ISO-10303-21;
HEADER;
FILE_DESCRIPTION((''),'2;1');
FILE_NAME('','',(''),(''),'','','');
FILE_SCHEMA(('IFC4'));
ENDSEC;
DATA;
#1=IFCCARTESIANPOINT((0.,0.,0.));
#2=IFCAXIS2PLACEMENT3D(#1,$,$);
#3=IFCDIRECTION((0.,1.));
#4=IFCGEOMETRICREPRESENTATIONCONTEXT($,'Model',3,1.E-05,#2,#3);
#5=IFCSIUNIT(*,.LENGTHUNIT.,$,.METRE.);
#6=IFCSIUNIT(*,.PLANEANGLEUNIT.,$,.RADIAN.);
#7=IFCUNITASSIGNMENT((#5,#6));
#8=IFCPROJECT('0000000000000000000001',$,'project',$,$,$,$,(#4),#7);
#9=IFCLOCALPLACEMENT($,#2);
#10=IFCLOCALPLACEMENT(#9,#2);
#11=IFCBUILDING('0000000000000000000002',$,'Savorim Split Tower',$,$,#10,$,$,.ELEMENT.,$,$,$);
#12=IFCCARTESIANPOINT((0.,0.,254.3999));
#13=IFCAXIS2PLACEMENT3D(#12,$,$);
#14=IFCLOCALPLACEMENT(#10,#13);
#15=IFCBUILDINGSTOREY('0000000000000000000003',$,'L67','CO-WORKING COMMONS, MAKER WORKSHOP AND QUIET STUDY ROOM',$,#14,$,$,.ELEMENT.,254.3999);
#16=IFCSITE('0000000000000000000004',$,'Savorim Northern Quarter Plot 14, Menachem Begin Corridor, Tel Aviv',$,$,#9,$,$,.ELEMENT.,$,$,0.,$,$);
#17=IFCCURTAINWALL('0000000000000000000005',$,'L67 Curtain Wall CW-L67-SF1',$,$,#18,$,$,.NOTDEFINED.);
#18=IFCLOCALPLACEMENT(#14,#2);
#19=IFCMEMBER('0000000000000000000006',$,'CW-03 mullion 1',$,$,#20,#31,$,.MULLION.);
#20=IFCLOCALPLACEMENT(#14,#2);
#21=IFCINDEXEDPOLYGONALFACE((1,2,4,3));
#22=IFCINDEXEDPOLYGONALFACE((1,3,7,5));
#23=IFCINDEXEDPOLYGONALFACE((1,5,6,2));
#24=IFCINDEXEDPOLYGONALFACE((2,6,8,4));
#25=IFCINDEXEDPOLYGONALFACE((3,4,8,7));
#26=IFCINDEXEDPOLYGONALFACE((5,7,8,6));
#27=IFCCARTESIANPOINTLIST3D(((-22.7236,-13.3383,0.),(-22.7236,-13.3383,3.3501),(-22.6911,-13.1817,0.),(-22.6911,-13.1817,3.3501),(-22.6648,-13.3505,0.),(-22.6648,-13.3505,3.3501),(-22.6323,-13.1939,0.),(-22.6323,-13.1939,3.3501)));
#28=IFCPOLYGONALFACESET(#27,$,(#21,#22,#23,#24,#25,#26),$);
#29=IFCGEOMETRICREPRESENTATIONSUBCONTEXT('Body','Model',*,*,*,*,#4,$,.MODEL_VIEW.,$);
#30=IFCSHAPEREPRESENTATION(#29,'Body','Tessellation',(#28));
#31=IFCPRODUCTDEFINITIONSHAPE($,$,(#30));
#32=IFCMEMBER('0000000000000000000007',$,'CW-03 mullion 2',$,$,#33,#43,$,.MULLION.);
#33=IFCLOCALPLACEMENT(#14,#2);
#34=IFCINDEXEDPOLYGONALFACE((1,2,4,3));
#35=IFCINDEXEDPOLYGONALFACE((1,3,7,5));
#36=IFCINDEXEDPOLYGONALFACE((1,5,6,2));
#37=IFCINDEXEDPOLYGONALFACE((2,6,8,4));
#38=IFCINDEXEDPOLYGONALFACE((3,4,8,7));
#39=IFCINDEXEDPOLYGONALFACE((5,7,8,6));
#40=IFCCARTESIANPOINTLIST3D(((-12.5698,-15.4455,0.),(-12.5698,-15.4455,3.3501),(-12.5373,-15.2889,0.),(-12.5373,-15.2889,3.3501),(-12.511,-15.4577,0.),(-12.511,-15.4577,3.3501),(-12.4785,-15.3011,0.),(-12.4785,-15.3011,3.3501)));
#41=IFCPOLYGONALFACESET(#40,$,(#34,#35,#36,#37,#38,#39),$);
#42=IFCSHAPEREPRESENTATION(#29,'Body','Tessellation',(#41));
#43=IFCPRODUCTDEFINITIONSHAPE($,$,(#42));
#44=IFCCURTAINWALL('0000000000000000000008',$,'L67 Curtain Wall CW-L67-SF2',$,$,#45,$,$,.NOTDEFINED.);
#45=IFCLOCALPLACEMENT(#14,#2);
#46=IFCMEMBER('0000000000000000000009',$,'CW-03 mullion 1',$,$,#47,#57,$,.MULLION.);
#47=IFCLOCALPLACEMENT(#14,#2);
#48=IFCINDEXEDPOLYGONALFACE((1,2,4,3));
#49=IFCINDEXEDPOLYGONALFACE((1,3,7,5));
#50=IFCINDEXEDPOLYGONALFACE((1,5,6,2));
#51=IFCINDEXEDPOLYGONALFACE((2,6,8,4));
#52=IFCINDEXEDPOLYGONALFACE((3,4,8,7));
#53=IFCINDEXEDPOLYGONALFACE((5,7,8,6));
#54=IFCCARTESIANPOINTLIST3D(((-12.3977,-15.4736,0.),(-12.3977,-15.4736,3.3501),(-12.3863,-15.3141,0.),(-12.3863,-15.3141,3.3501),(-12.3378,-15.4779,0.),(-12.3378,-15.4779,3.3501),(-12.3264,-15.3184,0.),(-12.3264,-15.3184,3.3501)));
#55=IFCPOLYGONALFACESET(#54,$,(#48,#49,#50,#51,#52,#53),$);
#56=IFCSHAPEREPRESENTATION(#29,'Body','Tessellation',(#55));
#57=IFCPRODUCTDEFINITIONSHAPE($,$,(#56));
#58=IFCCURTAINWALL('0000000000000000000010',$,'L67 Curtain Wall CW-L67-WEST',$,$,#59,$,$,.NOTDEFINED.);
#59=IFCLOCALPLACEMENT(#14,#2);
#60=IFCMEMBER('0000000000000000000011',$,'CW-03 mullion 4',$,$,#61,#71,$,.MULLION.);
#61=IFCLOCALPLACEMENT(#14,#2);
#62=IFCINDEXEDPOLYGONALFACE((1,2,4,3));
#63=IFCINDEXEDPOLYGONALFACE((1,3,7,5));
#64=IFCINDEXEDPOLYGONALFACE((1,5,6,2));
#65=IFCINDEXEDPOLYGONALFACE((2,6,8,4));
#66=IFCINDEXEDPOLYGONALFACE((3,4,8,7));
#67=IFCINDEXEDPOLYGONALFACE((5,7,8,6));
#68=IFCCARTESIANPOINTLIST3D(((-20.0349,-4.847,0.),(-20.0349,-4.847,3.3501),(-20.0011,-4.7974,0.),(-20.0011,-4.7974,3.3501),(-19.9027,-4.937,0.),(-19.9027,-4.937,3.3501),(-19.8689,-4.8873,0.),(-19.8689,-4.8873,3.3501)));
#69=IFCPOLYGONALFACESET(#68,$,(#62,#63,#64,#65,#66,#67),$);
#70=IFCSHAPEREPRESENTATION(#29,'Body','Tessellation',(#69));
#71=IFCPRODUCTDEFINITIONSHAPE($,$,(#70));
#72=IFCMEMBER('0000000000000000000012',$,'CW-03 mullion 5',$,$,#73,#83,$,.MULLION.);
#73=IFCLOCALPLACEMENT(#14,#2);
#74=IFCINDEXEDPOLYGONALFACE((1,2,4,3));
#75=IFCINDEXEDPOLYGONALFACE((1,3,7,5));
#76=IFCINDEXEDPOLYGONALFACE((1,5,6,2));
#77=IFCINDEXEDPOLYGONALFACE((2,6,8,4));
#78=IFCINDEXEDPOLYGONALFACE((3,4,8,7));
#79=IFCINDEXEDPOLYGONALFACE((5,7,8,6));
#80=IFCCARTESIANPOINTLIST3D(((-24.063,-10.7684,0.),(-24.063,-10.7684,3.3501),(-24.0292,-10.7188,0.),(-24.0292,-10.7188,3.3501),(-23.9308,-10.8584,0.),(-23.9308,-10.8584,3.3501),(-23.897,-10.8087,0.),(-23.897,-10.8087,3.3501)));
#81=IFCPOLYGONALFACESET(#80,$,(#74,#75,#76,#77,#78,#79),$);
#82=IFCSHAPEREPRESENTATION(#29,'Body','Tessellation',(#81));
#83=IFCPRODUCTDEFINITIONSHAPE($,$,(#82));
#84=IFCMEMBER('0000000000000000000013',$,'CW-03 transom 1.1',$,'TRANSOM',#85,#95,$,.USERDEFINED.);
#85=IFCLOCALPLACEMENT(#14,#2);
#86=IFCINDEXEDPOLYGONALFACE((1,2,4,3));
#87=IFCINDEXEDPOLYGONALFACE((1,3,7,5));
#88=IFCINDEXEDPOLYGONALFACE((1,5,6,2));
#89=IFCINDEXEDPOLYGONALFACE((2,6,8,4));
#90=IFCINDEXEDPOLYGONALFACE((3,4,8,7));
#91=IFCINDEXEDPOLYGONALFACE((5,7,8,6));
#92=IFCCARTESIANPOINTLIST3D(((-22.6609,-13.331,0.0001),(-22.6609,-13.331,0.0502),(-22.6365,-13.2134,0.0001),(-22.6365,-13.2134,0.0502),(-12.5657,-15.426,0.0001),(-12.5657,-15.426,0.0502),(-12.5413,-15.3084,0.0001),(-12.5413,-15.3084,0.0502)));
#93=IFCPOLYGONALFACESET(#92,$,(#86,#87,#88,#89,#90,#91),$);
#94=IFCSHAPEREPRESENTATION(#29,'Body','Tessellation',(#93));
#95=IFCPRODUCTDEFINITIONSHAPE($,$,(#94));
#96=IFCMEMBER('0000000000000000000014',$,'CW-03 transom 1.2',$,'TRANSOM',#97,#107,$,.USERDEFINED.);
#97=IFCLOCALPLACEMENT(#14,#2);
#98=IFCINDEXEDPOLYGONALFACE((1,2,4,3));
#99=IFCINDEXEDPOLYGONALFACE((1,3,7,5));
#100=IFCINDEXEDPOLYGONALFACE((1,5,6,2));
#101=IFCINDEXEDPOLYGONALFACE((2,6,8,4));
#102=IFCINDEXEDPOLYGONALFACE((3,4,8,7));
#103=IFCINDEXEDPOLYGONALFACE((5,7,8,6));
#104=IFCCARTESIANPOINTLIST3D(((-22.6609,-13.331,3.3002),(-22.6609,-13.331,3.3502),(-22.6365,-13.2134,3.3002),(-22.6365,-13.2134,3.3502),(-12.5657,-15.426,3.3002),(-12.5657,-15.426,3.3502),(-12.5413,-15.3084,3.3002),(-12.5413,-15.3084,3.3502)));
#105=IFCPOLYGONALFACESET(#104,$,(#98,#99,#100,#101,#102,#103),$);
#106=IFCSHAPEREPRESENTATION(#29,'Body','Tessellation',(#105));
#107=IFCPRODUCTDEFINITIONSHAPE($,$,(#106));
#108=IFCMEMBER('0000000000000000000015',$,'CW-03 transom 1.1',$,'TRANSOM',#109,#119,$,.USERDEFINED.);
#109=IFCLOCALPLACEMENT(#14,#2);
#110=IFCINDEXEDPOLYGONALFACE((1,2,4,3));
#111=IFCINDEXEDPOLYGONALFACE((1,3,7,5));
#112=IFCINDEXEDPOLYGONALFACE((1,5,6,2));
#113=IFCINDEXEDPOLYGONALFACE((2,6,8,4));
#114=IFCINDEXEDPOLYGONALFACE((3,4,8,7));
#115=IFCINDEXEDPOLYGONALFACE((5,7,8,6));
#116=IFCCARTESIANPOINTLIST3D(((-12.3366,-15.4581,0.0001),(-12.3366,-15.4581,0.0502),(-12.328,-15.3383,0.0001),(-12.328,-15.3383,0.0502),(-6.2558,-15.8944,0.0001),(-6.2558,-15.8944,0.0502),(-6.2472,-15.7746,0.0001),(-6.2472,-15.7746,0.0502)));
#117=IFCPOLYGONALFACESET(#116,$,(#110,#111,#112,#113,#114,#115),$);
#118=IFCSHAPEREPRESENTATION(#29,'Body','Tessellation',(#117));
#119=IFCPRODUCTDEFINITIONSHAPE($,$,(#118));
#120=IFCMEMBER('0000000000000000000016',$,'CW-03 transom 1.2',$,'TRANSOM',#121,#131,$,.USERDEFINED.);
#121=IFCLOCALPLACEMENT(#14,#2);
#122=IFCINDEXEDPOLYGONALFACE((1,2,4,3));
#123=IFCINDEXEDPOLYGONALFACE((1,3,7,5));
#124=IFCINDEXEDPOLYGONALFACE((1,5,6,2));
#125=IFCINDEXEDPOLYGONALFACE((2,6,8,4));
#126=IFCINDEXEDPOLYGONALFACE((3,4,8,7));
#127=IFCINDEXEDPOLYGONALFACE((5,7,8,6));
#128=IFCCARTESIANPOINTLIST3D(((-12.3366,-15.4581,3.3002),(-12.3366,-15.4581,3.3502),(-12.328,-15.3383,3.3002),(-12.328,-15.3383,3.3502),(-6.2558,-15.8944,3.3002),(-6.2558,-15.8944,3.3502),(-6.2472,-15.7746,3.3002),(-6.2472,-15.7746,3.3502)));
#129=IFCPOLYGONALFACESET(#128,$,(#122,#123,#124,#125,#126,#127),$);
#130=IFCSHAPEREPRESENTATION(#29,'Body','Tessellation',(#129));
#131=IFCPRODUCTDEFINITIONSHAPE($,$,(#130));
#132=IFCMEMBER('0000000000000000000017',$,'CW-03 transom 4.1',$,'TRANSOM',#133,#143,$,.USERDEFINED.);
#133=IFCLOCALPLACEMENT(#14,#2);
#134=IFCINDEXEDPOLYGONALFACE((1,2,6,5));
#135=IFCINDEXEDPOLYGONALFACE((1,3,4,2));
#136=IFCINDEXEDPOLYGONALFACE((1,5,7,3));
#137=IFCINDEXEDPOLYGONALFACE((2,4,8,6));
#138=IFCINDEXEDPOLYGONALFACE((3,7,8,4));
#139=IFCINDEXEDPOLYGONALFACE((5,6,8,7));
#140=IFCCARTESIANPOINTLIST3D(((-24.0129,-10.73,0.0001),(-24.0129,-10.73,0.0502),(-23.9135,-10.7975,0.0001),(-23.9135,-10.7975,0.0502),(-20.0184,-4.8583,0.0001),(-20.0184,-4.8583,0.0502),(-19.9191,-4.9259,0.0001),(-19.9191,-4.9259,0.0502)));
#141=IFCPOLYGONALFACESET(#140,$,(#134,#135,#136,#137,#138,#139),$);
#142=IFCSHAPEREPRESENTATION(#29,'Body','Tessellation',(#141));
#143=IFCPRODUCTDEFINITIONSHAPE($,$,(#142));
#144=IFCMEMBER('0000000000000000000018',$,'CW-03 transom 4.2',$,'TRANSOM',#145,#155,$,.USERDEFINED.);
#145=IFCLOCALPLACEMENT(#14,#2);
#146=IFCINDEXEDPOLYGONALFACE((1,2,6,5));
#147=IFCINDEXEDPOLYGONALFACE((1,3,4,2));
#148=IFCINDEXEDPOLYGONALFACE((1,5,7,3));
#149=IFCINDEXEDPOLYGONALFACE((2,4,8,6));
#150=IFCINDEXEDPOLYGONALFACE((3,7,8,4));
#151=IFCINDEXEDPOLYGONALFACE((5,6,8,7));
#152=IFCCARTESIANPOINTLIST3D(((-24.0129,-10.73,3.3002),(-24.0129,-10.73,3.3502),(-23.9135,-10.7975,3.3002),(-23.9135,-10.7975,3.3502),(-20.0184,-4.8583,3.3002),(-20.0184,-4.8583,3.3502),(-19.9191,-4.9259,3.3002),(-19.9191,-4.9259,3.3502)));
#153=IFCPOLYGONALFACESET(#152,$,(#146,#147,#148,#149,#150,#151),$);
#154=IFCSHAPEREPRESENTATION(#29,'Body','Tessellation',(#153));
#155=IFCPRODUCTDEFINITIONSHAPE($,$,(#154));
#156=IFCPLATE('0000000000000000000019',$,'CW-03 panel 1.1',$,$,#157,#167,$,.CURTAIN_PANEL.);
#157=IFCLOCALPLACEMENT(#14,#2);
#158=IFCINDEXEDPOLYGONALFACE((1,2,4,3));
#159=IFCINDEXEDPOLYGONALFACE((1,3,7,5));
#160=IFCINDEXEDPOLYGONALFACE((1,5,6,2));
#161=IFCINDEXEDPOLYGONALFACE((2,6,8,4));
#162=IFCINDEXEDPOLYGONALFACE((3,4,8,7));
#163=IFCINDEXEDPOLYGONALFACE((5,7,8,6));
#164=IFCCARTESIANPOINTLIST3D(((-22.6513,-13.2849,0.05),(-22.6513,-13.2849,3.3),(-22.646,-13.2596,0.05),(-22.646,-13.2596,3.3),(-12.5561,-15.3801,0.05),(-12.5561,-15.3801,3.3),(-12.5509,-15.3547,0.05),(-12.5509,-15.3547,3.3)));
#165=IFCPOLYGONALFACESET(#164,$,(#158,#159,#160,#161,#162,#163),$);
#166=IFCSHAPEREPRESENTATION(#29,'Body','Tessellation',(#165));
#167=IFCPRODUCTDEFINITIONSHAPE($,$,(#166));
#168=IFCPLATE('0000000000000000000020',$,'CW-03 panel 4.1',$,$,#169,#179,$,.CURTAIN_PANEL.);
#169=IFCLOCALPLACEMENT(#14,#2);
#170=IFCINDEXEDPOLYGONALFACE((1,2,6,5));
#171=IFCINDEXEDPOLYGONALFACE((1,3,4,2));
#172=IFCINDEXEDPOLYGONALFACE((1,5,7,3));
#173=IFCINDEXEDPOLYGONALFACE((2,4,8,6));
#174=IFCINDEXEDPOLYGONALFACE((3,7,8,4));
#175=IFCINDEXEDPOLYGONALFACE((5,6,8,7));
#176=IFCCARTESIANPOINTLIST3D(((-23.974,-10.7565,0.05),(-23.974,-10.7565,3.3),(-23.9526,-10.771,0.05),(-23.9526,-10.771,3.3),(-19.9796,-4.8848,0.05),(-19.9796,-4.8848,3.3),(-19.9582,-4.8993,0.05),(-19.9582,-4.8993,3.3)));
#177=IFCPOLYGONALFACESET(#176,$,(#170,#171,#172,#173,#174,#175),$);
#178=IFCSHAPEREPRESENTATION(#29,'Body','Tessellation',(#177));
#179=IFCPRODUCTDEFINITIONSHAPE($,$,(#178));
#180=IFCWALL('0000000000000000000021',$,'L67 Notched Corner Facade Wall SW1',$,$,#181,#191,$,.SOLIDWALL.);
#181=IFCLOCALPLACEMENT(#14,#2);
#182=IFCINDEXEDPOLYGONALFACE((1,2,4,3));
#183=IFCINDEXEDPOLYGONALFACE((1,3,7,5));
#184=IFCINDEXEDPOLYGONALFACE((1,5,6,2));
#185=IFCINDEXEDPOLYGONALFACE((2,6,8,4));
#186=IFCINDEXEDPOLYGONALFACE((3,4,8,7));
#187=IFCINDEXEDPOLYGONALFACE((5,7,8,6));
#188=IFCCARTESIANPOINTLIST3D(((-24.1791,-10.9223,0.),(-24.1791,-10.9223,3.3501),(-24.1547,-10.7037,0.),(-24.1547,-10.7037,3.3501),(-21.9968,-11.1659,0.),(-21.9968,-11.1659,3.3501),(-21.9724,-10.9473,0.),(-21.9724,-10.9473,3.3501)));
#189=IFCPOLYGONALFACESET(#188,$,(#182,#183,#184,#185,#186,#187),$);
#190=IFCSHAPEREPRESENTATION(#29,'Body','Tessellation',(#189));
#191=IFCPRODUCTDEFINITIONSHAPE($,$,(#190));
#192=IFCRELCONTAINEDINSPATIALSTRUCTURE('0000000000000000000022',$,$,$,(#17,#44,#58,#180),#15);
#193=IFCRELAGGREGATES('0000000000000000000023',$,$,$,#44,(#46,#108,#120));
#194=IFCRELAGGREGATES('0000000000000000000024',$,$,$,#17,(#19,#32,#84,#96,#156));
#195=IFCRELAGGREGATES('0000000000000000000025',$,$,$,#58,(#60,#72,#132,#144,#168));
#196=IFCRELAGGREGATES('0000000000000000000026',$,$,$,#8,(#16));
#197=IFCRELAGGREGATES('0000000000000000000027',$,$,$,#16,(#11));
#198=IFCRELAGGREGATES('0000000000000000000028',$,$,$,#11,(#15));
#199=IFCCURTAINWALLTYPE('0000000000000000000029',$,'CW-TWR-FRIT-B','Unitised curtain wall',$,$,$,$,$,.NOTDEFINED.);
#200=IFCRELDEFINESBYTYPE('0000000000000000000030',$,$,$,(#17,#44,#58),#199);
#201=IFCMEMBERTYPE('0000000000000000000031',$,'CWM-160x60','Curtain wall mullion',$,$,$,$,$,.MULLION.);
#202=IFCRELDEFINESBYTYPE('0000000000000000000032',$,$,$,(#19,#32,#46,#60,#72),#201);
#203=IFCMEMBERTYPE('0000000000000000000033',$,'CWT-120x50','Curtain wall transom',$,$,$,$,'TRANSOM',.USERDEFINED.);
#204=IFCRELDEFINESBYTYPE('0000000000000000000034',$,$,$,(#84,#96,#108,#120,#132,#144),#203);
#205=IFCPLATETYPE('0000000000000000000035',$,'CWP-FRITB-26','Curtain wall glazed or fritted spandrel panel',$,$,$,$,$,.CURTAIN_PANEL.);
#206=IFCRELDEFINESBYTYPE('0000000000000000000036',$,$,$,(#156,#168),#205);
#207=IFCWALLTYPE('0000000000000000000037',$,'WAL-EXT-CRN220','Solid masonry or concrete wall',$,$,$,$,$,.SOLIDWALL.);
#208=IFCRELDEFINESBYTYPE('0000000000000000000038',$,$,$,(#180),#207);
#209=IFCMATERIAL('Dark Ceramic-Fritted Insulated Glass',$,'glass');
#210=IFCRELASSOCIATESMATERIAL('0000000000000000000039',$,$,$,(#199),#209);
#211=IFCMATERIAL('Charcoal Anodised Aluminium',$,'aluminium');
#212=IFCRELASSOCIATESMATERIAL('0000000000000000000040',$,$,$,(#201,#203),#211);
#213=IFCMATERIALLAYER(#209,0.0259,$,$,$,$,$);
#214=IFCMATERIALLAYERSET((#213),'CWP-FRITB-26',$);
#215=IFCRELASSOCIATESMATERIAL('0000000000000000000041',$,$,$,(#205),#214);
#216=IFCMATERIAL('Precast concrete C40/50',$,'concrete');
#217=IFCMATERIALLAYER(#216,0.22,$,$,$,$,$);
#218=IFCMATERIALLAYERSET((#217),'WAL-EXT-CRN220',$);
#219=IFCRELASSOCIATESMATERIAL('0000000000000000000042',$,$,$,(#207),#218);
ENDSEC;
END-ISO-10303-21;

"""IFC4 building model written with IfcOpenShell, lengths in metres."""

from ifc_helpers import new_model, si_unit, direction, frame, frame_2d, origin, origin_2d, place, context, subcontext, project, spatial, rectangle, extrude, material, layer, layer_set, material_profile, profile_set, type_object, element, aggregate, save


model = new_model("IFC4")

# Units and contexts
model_context = context("Model", 3, precision=1e-05, world=origin(), true_north=direction((0.0, 1.0)))
body_context = subcontext(model_context, "Body", "Model", "MODEL_VIEW")
ifc_project = project(units=[si_unit("LENGTHUNIT", "METRE"), si_unit("PLANEANGLEUNIT", "RADIAN")], contexts=[model_context])

# Site, building, storey
site_placement = place(None, origin())
site = spatial("IfcSite", under=ifc_project, at=site_placement, Name="Savorim Northern Quarter Plot 14, Menachem Begin Corridor, Tel Aviv", CompositionType="ELEMENT", RefElevation=0.0)
building_placement = place(site_placement, origin())
building = spatial("IfcBuilding", under=site, at=building_placement, Name="Savorim Split Tower", CompositionType="ELEMENT")
storey_placement = place(building_placement, frame((0.0, 0.0, 254.3999)))
storey = spatial("IfcBuildingStorey", under=building, at=storey_placement, Name="L67", Description="CO-WORKING COMMONS, MAKER WORKSHOP AND QUIET STUDY ROOM", CompositionType="ELEMENT", Elevation=254.3999)

# Curtain wall, members
ifc_material_1 = material(Name="Dark Ceramic-Fritted Insulated Glass", Category="glass")
curtain_wall_type = type_object("IfcCurtainWallType", Name="CW-TWR-FRIT-B", Description="Unitised curtain wall", PredefinedType="NOTDEFINED", material=ifc_material_1)
curtain_wall_1_placement = place(storey_placement, origin())
curtain_wall_1 = element("IfcCurtainWall", 1, at=curtain_wall_1_placement, inside=storey, type_object=curtain_wall_type, Name="L67 Curtain Wall CW-L67-SF1", PredefinedType="NOTDEFINED")
ifc_material_2 = material(Name="Charcoal Anodised Aluminium", Category="aluminium")
ifc_material_profile_1 = material_profile(ifc_material_2, rectangle(XDim=0.1599, YDim=0.0601, at=origin_2d()), Name="ALU-M 160x60")
ifc_profile_set_1 = profile_set([ifc_material_profile_1], Name="Charcoal Anodised Aluminium")
member_type_1 = type_object("IfcMemberType", Name="CWM-160x60", Description="Curtain wall mullion", PredefinedType="MULLION", material=ifc_profile_set_1)
member_1_placement = place(storey_placement, frame((-22.678, -13.2661, 0.0), z_axis=(0.0, 0.0, 1.0), x_axis=(0.203208, 0.979136, 0.0)))
member_1 = element("IfcMember", 2, at=member_1_placement, type_object=member_type_1, Name="CW-03 mullion 1", PredefinedType="MULLION", context=body_context, shape_type="SweptSolid", body=[
    extrude(rectangle(XDim=0.1599, YDim=0.0601, at=origin_2d()), origin(), (0.0, 0.0, 1.0), 3.3501),
])
member_2_placement = place(storey_placement, frame((-12.5242, -15.3733, 0.0), z_axis=(0.0, 0.0, 1.0), x_axis=(0.203208, 0.979136, 0.0)))
member_2 = element("IfcMember", 3, at=member_2_placement, type_object=member_type_1, Name="CW-03 mullion 2", PredefinedType="MULLION", context=body_context, shape_type="SweptSolid", body=[
    extrude(rectangle(XDim=0.1599, YDim=0.0601, at=origin_2d()), origin(), (0.0, 0.0, 1.0), 3.3501),
])

# Curtain wall, member
curtain_wall_2_placement = place(storey_placement, origin())
curtain_wall_2 = element("IfcCurtainWall", 4, at=curtain_wall_2_placement, inside=storey, type_object=curtain_wall_type, Name="L67 Curtain Wall CW-L67-SF2", PredefinedType="NOTDEFINED")
member_3_placement = place(storey_placement, frame((-12.3621, -15.396, 0.0), z_axis=(0.0, 0.0, 1.0), x_axis=(0.071562, 0.997436, 0.0)))
member_3 = element("IfcMember", 5, at=member_3_placement, type_object=member_type_1, Name="CW-03 mullion 1", PredefinedType="MULLION", context=body_context, shape_type="SweptSolid", body=[
    extrude(rectangle(XDim=0.1599, YDim=0.0601, at=origin_2d()), origin(), (0.0, 0.0, 1.0), 3.3501),
])

# Curtain wall, members
curtain_wall_3_placement = place(storey_placement, origin())
curtain_wall_3 = element("IfcCurtainWall", 6, at=curtain_wall_3_placement, inside=storey, type_object=curtain_wall_type, Name="L67 Curtain Wall CW-L67-WEST", PredefinedType="NOTDEFINED")
member_4_placement = place(storey_placement, frame((-19.9519, -4.8672, 0.0), z_axis=(0.0, 0.0, 1.0), x_axis=(0.826817, -0.56247, 0.0)))
member_4 = element("IfcMember", 7, at=member_4_placement, type_object=member_type_1, Name="CW-03 mullion 4", PredefinedType="MULLION", context=body_context, shape_type="SweptSolid", body=[
    extrude(rectangle(XDim=0.1599, YDim=0.0601, at=origin_2d()), origin(), (0.0, 0.0, 1.0), 3.3501),
])
member_5_placement = place(storey_placement, frame((-23.98, -10.7886, 0.0), z_axis=(0.0, 0.0, 1.0), x_axis=(0.826817, -0.56247, 0.0)))
member_5 = element("IfcMember", 8, at=member_5_placement, type_object=member_type_1, Name="CW-03 mullion 5", PredefinedType="MULLION", context=body_context, shape_type="SweptSolid", body=[
    extrude(rectangle(XDim=0.1599, YDim=0.0601, at=origin_2d()), origin(), (0.0, 0.0, 1.0), 3.3501),
])

# Members
ifc_material_profile_2 = material_profile(ifc_material_2, rectangle(XDim=0.1201, YDim=0.05, at=origin_2d()), Name="ALU-T 120x50")
ifc_profile_set_2 = profile_set([ifc_material_profile_2], Name="Charcoal Anodised Aluminium")
member_type_2 = type_object("IfcMemberType", Name="CWT-120x50", Description="Curtain wall transom", ElementType="TRANSOM", PredefinedType="USERDEFINED", material=ifc_profile_set_2)
member_6_placement = place(storey_placement, frame((-22.6487, -13.2722, 0.0251), z_axis=(0.979139, -0.203192, 0.0), x_axis=(0.203192, 0.979139, 0.0)))
member_6 = element("IfcMember", 9, at=member_6_placement, type_object=member_type_2, Name="CW-03 transom 1.1", ObjectType="TRANSOM", PredefinedType="USERDEFINED", context=body_context, shape_type="SweptSolid", body=[
    extrude(rectangle(XDim=0.1201, YDim=0.05, at=origin_2d()), origin(), (0.0, 0.0, 1.0), 10.3103),
])
member_7_placement = place(storey_placement, frame((-22.6487, -13.2722, 3.3252), z_axis=(0.979139, -0.203192, 0.0), x_axis=(0.203192, 0.979139, 0.0)))
member_7 = element("IfcMember", 10, at=member_7_placement, type_object=member_type_2, Name="CW-03 transom 1.2", ObjectType="TRANSOM", PredefinedType="USERDEFINED", context=body_context, shape_type="SweptSolid", body=[
    extrude(rectangle(XDim=0.1201, YDim=0.05, at=origin_2d()), origin(), (0.0, 0.0, 1.0), 10.3103),
])
member_8_placement = place(storey_placement, frame((-12.3323, -15.3982, 0.0251), z_axis=(0.997436, -0.071563, 0.0), x_axis=(0.071563, 0.997436, 0.0)))
member_8 = element("IfcMember", 11, at=member_8_placement, type_object=member_type_2, Name="CW-03 transom 1.1", ObjectType="TRANSOM", PredefinedType="USERDEFINED", context=body_context, shape_type="SweptSolid", body=[
    extrude(rectangle(XDim=0.1201, YDim=0.05, at=origin_2d()), origin(), (0.0, 0.0, 1.0), 6.0964),
])
member_9_placement = place(storey_placement, frame((-12.3323, -15.3982, 3.3252), z_axis=(0.997436, -0.071563, 0.0), x_axis=(0.071563, 0.997436, 0.0)))
member_9 = element("IfcMember", 12, at=member_9_placement, type_object=member_type_2, Name="CW-03 transom 1.2", ObjectType="TRANSOM", PredefinedType="USERDEFINED", context=body_context, shape_type="SweptSolid", body=[
    extrude(rectangle(XDim=0.1201, YDim=0.05, at=origin_2d()), origin(), (0.0, 0.0, 1.0), 6.0964),
])
aggregate(curtain_wall_2, [member_3, member_8, member_9])
member_10_placement = place(storey_placement, frame((-19.9688, -4.8921, 0.0251), z_axis=(-0.562475, -0.826815, 0.0), x_axis=(0.826815, -0.562475, 0.0)))
member_10 = element("IfcMember", 13, at=member_10_placement, type_object=member_type_2, Name="CW-03 transom 4.1", ObjectType="TRANSOM", PredefinedType="USERDEFINED", context=body_context, shape_type="SweptSolid", body=[
    extrude(rectangle(XDim=0.1201, YDim=0.05, at=origin_2d()), origin(), (0.0, 0.0, 1.0), 7.1016),
])
member_11_placement = place(storey_placement, frame((-19.9688, -4.8921, 3.3252), z_axis=(-0.562475, -0.826815, 0.0), x_axis=(0.826815, -0.562475, 0.0)))
member_11 = element("IfcMember", 14, at=member_11_placement, type_object=member_type_2, Name="CW-03 transom 4.2", ObjectType="TRANSOM", PredefinedType="USERDEFINED", context=body_context, shape_type="SweptSolid", body=[
    extrude(rectangle(XDim=0.1201, YDim=0.05, at=origin_2d()), origin(), (0.0, 0.0, 1.0), 7.1016),
])

# Plates
ifc_layer_1 = layer(ifc_material_1, 0.0259)
ifc_layer_set_1 = layer_set([ifc_layer_1], Name="CWP-FRITB-26")
plate_type = type_object("IfcPlateType", Name="CWP-FRITB-26", Description="Curtain wall glazed or fritted spandrel panel", PredefinedType="CURTAIN_PANEL", material=ifc_layer_set_1)
plate_1_placement = place(storey_placement, frame((-17.6011, -14.3198, 0.05), z_axis=(0.0, 0.0, 1.0), x_axis=(0.979136, -0.203208, 0.0)))
plate_1 = element("IfcPlate", 15, at=plate_1_placement, type_object=plate_type, Name="CW-03 panel 1.1", PredefinedType="CURTAIN_PANEL", context=body_context, shape_type="SweptSolid", body=[
    extrude(rectangle(XDim=10.3103, YDim=0.0259, at=origin_2d()), origin(), (0.0, 0.0, 1.0), 3.25),
])
aggregate(curtain_wall_1, [member_1, member_2, member_6, member_7, plate_1])
plate_2_placement = place(storey_placement, frame((-21.9661, -7.8279, 0.05), z_axis=(0.0, 0.0, 1.0), x_axis=(-0.56247, -0.826817, 0.0)))
plate_2 = element("IfcPlate", 16, at=plate_2_placement, type_object=plate_type, Name="CW-03 panel 4.1", PredefinedType="CURTAIN_PANEL", context=body_context, shape_type="SweptSolid", body=[
    extrude(rectangle(XDim=7.1016, YDim=0.0259, at=origin_2d()), origin(), (0.0, 0.0, 1.0), 3.25),
])
aggregate(curtain_wall_3, [member_4, member_5, member_10, member_11, plate_2])

# Wall
ifc_material_3 = material(Name="Precast concrete C40/50", Category="concrete")
ifc_layer_2 = layer(ifc_material_3, 0.22)
ifc_layer_set_2 = layer_set([ifc_layer_2], Name="WAL-EXT-CRN220")
wall_type_1 = type_object("IfcWallType", Name="WAL-EXT-CRN220", Description="Solid masonry or concrete wall", PredefinedType="SOLIDWALL", material=ifc_layer_set_2)
wall_1_placement = place(storey_placement, frame((-21.9846, -11.0566, 0.0), z_axis=(0.0, 0.0, 1.0), x_axis=(-0.993824, 0.110968, 0.0)))
element("IfcWall", 17, at=wall_1_placement, inside=storey, type_object=wall_type_1, Name="L67 Notched Corner Facade Wall SW1", PredefinedType="SOLIDWALL", context=body_context, shape_type="SweptSolid", body=[
    extrude(rectangle(XDim=2.1958, YDim=0.22, at=frame_2d((1.0979, 0.0))), origin(), (0.0, 0.0, 1.0), 3.3501),
])

save(model, "model.ifc")
